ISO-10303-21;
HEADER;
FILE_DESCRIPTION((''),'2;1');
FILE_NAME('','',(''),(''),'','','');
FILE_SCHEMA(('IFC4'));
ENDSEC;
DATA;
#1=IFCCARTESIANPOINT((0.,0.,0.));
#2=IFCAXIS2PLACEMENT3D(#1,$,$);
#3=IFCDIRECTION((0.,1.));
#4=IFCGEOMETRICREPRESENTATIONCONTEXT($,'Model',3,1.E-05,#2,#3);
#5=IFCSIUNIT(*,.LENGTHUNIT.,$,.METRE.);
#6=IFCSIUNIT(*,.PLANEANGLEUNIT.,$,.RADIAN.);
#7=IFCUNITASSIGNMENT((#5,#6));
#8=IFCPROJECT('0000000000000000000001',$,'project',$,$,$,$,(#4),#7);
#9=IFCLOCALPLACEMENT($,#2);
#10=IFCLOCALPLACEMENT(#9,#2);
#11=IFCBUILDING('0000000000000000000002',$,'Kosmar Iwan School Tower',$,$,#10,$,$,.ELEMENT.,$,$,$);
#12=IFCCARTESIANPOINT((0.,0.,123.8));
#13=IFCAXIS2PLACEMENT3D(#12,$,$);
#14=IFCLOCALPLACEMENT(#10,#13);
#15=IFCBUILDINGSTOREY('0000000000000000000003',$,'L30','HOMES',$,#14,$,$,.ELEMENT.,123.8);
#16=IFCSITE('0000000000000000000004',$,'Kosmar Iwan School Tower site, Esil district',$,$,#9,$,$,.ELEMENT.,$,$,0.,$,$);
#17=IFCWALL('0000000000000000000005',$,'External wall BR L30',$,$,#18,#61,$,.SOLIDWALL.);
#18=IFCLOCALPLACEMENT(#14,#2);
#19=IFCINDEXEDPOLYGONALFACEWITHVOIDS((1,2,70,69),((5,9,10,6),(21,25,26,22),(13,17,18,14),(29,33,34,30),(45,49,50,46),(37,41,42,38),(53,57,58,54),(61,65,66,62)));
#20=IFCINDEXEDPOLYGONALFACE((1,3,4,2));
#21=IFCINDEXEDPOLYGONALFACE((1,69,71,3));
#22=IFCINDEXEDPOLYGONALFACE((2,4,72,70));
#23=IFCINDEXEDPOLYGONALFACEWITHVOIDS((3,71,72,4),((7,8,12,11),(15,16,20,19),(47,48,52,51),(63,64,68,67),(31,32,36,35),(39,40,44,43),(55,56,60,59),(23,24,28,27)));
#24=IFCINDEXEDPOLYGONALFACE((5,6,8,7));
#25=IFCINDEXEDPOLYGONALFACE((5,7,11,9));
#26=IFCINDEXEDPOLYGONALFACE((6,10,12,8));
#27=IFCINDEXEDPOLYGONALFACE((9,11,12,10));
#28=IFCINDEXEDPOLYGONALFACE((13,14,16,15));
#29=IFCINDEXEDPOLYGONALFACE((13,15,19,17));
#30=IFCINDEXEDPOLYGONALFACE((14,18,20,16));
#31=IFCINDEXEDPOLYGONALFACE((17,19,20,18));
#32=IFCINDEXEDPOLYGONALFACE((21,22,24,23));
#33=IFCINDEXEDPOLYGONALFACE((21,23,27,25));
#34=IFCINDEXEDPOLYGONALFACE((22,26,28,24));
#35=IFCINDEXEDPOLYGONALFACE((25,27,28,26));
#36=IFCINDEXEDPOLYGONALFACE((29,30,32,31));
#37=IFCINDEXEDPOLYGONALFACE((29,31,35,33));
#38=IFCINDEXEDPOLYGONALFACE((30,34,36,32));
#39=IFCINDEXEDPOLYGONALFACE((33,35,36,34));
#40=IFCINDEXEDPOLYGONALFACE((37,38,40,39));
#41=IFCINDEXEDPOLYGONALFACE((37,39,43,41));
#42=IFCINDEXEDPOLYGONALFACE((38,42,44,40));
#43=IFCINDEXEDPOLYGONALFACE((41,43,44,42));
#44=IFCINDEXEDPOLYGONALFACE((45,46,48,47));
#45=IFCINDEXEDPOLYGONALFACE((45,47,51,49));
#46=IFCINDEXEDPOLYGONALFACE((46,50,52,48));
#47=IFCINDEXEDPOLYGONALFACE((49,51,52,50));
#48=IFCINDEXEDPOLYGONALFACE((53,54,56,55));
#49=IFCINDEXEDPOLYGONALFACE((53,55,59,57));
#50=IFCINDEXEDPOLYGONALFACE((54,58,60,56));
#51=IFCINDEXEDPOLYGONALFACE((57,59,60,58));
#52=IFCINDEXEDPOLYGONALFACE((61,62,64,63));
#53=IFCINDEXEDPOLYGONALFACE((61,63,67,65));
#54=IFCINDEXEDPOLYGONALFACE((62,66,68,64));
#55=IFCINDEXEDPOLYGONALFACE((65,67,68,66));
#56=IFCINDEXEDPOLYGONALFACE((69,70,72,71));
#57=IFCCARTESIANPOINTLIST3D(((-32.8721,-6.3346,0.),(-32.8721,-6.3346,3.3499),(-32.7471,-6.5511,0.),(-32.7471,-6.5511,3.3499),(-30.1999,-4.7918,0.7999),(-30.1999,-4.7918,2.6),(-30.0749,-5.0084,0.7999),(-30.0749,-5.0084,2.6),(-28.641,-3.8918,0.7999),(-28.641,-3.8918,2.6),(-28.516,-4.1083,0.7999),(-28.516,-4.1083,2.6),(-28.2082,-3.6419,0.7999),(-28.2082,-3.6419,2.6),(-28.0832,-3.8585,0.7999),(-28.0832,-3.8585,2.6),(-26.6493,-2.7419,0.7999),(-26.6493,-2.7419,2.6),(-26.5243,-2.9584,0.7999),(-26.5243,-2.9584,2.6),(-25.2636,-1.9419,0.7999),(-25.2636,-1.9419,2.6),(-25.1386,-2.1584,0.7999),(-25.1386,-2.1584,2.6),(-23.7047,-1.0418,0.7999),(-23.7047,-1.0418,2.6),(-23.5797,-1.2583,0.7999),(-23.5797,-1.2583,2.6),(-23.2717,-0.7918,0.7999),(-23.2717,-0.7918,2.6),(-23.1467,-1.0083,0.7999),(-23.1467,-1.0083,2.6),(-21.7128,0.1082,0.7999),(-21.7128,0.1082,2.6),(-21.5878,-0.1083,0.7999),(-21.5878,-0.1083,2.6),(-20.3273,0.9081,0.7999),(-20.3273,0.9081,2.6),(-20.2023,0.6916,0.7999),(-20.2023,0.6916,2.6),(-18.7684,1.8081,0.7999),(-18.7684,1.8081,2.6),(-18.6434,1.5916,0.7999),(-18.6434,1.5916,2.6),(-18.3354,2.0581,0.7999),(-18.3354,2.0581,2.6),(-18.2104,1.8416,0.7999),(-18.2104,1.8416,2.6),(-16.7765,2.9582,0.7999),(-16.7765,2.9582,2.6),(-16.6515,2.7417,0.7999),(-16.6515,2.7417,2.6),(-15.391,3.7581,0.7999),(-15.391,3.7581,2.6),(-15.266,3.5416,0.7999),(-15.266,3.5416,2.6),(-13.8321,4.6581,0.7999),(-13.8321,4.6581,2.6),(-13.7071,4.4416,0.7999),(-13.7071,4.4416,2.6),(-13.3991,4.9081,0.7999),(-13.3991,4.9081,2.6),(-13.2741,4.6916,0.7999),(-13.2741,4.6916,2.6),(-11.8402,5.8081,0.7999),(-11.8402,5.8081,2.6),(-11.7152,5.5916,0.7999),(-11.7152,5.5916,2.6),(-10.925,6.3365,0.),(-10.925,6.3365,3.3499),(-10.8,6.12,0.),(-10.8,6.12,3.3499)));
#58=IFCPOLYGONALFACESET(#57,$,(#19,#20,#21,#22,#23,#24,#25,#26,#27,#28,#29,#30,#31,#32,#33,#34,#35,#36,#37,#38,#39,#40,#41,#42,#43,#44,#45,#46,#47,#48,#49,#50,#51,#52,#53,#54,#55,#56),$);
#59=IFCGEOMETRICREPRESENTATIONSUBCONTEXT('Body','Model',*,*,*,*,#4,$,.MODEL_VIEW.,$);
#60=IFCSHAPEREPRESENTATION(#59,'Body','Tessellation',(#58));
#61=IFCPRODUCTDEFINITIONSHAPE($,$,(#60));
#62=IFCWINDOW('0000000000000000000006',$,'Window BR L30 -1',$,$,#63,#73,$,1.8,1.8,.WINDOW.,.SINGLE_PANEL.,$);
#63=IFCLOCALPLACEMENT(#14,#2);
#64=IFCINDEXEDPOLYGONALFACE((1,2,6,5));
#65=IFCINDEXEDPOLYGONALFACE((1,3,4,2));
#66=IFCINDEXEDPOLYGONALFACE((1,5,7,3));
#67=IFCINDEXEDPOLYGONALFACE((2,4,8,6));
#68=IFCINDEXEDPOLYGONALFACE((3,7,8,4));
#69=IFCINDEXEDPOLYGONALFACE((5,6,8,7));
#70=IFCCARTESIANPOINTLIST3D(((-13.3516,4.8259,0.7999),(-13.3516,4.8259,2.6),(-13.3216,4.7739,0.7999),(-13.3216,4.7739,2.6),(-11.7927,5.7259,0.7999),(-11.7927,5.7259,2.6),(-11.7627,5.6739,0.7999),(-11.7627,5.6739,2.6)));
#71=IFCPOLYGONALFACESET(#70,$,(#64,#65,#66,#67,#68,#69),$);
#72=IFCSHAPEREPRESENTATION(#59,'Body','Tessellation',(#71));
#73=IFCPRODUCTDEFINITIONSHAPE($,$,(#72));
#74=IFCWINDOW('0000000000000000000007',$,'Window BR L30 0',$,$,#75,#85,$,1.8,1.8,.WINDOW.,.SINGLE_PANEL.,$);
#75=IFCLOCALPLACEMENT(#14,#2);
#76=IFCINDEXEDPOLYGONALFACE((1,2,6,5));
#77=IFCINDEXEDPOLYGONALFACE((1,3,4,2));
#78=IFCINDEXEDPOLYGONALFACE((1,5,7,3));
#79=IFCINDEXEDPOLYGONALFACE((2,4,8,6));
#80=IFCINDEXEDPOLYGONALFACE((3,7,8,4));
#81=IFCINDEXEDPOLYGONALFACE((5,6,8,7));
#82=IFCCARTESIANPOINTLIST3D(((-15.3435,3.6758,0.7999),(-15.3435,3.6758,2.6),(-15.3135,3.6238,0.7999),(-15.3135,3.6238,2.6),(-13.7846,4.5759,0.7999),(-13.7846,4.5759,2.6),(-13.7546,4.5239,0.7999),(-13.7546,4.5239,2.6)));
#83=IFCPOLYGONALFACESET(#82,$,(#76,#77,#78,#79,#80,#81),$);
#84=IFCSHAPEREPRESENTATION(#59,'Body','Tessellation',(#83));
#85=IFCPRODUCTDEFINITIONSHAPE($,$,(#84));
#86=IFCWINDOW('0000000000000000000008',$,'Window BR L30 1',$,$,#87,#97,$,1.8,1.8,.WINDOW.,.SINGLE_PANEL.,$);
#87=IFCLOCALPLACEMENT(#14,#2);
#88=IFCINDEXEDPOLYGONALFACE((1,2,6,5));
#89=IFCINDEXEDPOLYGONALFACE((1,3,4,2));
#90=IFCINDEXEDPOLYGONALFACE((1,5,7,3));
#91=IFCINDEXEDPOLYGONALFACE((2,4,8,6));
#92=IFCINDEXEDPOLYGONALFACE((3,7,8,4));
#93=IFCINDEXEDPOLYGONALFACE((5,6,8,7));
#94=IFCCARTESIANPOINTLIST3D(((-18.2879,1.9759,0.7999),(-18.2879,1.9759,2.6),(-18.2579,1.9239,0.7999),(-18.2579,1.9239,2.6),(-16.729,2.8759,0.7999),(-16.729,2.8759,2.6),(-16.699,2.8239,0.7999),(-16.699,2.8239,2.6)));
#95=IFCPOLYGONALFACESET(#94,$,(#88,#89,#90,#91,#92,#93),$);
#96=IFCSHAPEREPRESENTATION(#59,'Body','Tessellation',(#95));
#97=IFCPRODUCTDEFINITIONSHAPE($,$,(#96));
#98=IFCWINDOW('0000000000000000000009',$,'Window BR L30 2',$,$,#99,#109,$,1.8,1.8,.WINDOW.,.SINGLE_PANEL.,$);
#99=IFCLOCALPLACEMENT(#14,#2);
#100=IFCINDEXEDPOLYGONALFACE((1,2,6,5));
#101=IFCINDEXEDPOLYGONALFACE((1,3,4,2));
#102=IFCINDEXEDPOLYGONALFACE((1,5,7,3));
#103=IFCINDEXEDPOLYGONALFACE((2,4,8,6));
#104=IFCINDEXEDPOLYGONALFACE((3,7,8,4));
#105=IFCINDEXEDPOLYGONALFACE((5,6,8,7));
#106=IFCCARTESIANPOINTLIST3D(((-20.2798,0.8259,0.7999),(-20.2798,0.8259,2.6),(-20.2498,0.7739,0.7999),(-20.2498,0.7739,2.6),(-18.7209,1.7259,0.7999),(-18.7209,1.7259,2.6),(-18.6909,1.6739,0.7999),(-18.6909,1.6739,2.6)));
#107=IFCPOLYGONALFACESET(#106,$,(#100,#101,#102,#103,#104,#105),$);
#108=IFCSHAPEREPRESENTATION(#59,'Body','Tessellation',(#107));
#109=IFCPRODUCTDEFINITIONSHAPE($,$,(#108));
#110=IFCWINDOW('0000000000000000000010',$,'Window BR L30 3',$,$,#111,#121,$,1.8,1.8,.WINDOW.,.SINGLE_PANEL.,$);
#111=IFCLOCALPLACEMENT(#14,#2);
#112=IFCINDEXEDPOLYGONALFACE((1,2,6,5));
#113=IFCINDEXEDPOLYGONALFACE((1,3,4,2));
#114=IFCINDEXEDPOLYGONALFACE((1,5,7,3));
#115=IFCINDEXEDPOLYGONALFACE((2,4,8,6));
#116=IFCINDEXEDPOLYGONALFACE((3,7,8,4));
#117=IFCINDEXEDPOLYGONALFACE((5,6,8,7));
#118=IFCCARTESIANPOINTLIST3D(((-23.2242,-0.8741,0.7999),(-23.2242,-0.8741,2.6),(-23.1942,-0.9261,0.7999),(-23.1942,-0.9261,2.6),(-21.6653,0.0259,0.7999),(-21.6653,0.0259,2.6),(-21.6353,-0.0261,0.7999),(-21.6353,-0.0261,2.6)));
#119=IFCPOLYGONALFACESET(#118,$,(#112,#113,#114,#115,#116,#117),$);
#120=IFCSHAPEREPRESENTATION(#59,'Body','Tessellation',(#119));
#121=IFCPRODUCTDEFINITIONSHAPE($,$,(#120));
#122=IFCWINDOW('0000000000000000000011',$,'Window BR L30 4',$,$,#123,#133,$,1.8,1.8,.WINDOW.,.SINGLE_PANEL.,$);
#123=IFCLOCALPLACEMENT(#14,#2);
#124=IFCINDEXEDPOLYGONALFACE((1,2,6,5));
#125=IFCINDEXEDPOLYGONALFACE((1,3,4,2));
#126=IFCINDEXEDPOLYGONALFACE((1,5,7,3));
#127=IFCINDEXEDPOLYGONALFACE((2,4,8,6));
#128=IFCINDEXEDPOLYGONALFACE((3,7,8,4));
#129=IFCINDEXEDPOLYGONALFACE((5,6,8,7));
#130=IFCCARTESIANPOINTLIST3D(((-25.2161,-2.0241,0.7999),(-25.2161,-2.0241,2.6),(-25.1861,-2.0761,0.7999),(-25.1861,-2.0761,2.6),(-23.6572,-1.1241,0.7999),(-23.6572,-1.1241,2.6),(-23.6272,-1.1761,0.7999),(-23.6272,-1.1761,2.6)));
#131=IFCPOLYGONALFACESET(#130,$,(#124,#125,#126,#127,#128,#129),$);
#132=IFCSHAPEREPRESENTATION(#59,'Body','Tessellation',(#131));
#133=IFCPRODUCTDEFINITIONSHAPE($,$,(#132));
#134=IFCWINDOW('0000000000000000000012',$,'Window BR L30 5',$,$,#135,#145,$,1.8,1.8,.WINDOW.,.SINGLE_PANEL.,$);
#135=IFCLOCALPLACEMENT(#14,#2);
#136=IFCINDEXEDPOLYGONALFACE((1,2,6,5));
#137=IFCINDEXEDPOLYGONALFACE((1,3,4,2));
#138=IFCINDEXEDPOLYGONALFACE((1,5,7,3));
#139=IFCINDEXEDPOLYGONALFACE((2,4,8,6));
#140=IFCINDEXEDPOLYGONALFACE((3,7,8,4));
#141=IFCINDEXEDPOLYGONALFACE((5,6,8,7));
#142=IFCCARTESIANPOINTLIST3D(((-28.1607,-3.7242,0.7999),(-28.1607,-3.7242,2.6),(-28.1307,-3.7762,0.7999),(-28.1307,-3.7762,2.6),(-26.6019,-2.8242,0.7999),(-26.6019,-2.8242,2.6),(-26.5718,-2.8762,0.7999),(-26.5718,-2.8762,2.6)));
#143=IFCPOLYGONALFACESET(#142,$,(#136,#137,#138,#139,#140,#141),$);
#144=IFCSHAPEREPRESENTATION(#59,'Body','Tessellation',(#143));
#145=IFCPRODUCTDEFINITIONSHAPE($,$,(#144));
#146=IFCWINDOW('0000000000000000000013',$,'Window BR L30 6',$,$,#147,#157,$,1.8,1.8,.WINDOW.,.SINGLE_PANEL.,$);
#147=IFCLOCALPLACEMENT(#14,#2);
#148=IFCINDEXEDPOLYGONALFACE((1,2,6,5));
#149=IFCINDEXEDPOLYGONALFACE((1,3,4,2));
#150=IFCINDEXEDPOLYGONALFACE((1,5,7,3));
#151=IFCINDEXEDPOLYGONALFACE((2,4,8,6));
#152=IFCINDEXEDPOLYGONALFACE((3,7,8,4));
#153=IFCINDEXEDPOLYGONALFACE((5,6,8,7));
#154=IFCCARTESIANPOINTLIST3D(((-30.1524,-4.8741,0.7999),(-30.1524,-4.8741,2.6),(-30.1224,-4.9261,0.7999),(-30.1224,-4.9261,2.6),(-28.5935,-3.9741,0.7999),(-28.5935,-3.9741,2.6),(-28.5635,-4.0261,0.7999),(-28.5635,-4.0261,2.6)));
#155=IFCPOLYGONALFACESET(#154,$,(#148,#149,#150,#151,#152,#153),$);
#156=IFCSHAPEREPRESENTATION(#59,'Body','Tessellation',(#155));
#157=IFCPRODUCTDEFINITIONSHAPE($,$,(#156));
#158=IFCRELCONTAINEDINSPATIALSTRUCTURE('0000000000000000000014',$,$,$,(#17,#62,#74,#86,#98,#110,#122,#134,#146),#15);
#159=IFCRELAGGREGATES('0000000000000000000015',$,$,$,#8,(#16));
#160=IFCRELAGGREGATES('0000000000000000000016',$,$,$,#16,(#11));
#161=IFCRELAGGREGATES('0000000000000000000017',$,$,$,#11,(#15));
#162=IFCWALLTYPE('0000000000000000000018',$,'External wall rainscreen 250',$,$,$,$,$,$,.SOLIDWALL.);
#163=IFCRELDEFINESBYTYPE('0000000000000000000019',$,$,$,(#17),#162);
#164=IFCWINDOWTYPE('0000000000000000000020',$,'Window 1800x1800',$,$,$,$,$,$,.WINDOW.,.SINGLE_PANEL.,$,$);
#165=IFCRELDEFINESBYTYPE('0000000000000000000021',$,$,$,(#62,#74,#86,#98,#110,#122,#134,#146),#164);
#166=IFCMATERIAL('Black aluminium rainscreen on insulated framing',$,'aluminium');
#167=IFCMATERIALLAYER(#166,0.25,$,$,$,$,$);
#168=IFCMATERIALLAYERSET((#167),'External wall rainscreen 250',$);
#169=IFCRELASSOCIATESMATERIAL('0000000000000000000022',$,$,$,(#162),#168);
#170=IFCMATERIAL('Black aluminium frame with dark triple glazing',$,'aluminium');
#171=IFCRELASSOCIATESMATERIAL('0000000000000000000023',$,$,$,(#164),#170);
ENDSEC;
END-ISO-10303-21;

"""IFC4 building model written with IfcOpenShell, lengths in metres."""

from ifc_helpers import new_model, si_unit, direction, frame, frame_2d, origin, place, context, subcontext, project, spatial, rectangle, extrude, material, layer, layer_set, type_object, element, fill, save


model = new_model("IFC4")

# Units and contexts
model_context = context("Model", 3, precision=1e-05, world=origin(), true_north=direction((0.0, 1.0)))
body_context = subcontext(model_context, "Body", "Model", "MODEL_VIEW")
ifc_project = project(units=[si_unit("LENGTHUNIT", "METRE"), si_unit("PLANEANGLEUNIT", "RADIAN")], contexts=[model_context])

# Site, building, storey
site_placement = place(None, origin())
site = spatial("IfcSite", under=ifc_project, at=site_placement, Name="Kosmar Iwan School Tower site, Esil district", CompositionType="ELEMENT", RefElevation=0.0)
building_placement = place(site_placement, origin())
building = spatial("IfcBuilding", under=site, at=building_placement, Name="Kosmar Iwan School Tower", CompositionType="ELEMENT")
storey_placement = place(building_placement, frame((0.0, 0.0, 123.8)))
storey = spatial("IfcBuildingStorey", under=building, at=storey_placement, Name="L30", Description="HOMES", CompositionType="ELEMENT", Elevation=123.8)

# Wall, openings, windows
ifc_material_1 = material(Name="Black aluminium rainscreen on insulated framing", Category="aluminium")
ifc_layer_1 = layer(ifc_material_1, 0.25)
ifc_layer_set_1 = layer_set([ifc_layer_1], Name="External wall rainscreen 250")
wall_type_1 = type_object("IfcWallType", Name="External wall rainscreen 250", PredefinedType="SOLIDWALL", material=ifc_layer_set_1)
ifc_material_2 = material(Name="Black aluminium frame with dark triple glazing", Category="aluminium")
window_type = type_object("IfcWindowType", Name="Window 1800x1800", PartitioningType="SINGLE_PANEL", PredefinedType="WINDOW", material=ifc_material_2)
wall_1_placement = place(storey_placement, frame((-10.8625, 6.2283, 0.0), z_axis=(0.0, 0.0, 1.0), x_axis=(-0.866025, -0.500001, 0.0)))
wall_1 = element("IfcWall", 1, at=wall_1_placement, inside=storey, type_object=wall_type_1, Name="External wall BR L30", PredefinedType="SOLIDWALL", context=body_context, shape_type="SweptSolid", body=[
    extrude(rectangle(XDim=25.3423, YDim=0.25, at=frame_2d((12.6711, 0.0))), origin(), (0.0, 0.0, 1.0), 3.3499),
])
opening_1_placement = place(wall_1_placement, frame((1.0569, 0.0, 0.8)))
opening_1 = element("IfcOpeningElement", 2, at=opening_1_placement, cuts=wall_1, PredefinedType="OPENING", context=body_context, shape_type="SweptSolid", body=[
    extrude(rectangle(XDim=1.8, YDim=1.8, at=frame_2d((0.8999, 0.8999))), frame((0.0, 0.137, 0.0), z_axis=(0.0, -1.0, 0.0), x_axis=(1.0, 0.0, 0.0)), (0.0, 0.0, 1.0), 0.2739),
])
opening_2_placement = place(wall_1_placement, frame((3.3569, 0.0, 0.8)))
opening_2 = element("IfcOpeningElement", 3, at=opening_2_placement, cuts=wall_1, PredefinedType="OPENING", context=body_context, shape_type="SweptSolid", body=[
    extrude(rectangle(XDim=1.8, YDim=1.8, at=frame_2d((0.8999, 0.8999))), frame((0.0, 0.137, 0.0), z_axis=(0.0, -1.0, 0.0), x_axis=(1.0, 0.0, 0.0)), (0.0, 0.0, 1.0), 0.2739),
])
opening_3_placement = place(wall_1_placement, frame((6.7568, 0.0, 0.8)))
opening_3 = element("IfcOpeningElement", 4, at=opening_3_placement, cuts=wall_1, PredefinedType="OPENING", context=body_context, shape_type="SweptSolid", body=[
    extrude(rectangle(XDim=1.8, YDim=1.8, at=frame_2d((0.8999, 0.8999))), frame((0.0, 0.137, 0.0), z_axis=(0.0, -1.0, 0.0), x_axis=(1.0, 0.0, 0.0)), (0.0, 0.0, 1.0), 0.2739),
])
opening_4_placement = place(wall_1_placement, frame((9.0569, 0.0, 0.8)))
opening_4 = element("IfcOpeningElement", 5, at=opening_4_placement, cuts=wall_1, PredefinedType="OPENING", context=body_context, shape_type="SweptSolid", body=[
    extrude(rectangle(XDim=1.8, YDim=1.8, at=frame_2d((0.8999, 0.8999))), frame((0.0, 0.137, 0.0), z_axis=(0.0, -1.0, 0.0), x_axis=(1.0, 0.0, 0.0)), (0.0, 0.0, 1.0), 0.2739),
])
opening_5_placement = place(wall_1_placement, frame((12.4568, 0.0, 0.8)))
opening_5 = element("IfcOpeningElement", 6, at=opening_5_placement, cuts=wall_1, PredefinedType="OPENING", context=body_context, shape_type="SweptSolid", body=[
    extrude(rectangle(XDim=1.8, YDim=1.8, at=frame_2d((0.8999, 0.8999))), frame((0.0, 0.137, 0.0), z_axis=(0.0, -1.0, 0.0), x_axis=(1.0, 0.0, 0.0)), (0.0, 0.0, 1.0), 0.2739),
])
opening_6_placement = place(wall_1_placement, frame((14.7568, 0.0, 0.8)))
opening_6 = element("IfcOpeningElement", 7, at=opening_6_placement, cuts=wall_1, PredefinedType="OPENING", context=body_context, shape_type="SweptSolid", body=[
    extrude(rectangle(XDim=1.8, YDim=1.8, at=frame_2d((0.8999, 0.8999))), frame((0.0, 0.137, 0.0), z_axis=(0.0, -1.0, 0.0), x_axis=(1.0, 0.0, 0.0)), (0.0, 0.0, 1.0), 0.2739),
])
opening_7_placement = place(wall_1_placement, frame((18.157, 0.0, 0.8)))
opening_7 = element("IfcOpeningElement", 8, at=opening_7_placement, cuts=wall_1, PredefinedType="OPENING", context=body_context, shape_type="SweptSolid", body=[
    extrude(rectangle(XDim=1.8, YDim=1.8, at=frame_2d((0.8999, 0.8999))), frame((0.0, 0.137, 0.0), z_axis=(0.0, -1.0, 0.0), x_axis=(1.0, 0.0, 0.0)), (0.0, 0.0, 1.0), 0.2739),
])
opening_8_placement = place(wall_1_placement, frame((20.4568, 0.0, 0.8)))
opening_8 = element("IfcOpeningElement", 9, at=opening_8_placement, cuts=wall_1, PredefinedType="OPENING", context=body_context, shape_type="SweptSolid", body=[
    extrude(rectangle(XDim=1.8, YDim=1.8, at=frame_2d((0.8999, 0.8999))), frame((0.0, 0.137, 0.0), z_axis=(0.0, -1.0, 0.0), x_axis=(1.0, 0.0, 0.0)), (0.0, 0.0, 1.0), 0.2739),
])
window_1_placement = place(opening_1_placement, origin())
window_1 = element("IfcWindow", 10, at=window_1_placement, inside=storey, type_object=window_type, Name="Window BR L30 -1", OverallHeight=1.8, OverallWidth=1.8, PartitioningType="SINGLE_PANEL", PredefinedType="WINDOW", context=body_context, shape_type="SweptSolid", body=[
    extrude(rectangle(XDim=1.8, YDim=1.8, at=frame_2d((0.8999, 0.8999))), frame((0.0, 0.03, 0.0), z_axis=(0.0, -1.0, 0.0), x_axis=(1.0, 0.0, 0.0)), (0.0, 0.0, 1.0), 0.0601),
])
fill(opening_1, window_1)
window_2_placement = place(opening_2_placement, origin())
window_2 = element("IfcWindow", 11, at=window_2_placement, inside=storey, type_object=window_type, Name="Window BR L30 0", OverallHeight=1.8, OverallWidth=1.8, PartitioningType="SINGLE_PANEL", PredefinedType="WINDOW", context=body_context, shape_type="SweptSolid", body=[
    extrude(rectangle(XDim=1.8, YDim=1.8, at=frame_2d((0.8999, 0.8999))), frame((0.0, 0.03, 0.0), z_axis=(0.0, -1.0, 0.0), x_axis=(1.0, 0.0, 0.0)), (0.0, 0.0, 1.0), 0.0601),
])
fill(opening_2, window_2)
window_3_placement = place(opening_3_placement, origin())
window_3 = element("IfcWindow", 12, at=window_3_placement, inside=storey, type_object=window_type, Name="Window BR L30 1", OverallHeight=1.8, OverallWidth=1.8, PartitioningType="SINGLE_PANEL", PredefinedType="WINDOW", context=body_context, shape_type="SweptSolid", body=[
    extrude(rectangle(XDim=1.8, YDim=1.8, at=frame_2d((0.8999, 0.8999))), frame((0.0, 0.03, 0.0), z_axis=(0.0, -1.0, 0.0), x_axis=(1.0, 0.0, 0.0)), (0.0, 0.0, 1.0), 0.0601),
])
fill(opening_3, window_3)
window_4_placement = place(opening_4_placement, origin())
window_4 = element("IfcWindow", 13, at=window_4_placement, inside=storey, type_object=window_type, Name="Window BR L30 2", OverallHeight=1.8, OverallWidth=1.8, PartitioningType="SINGLE_PANEL", PredefinedType="WINDOW", context=body_context, shape_type="SweptSolid", body=[
    extrude(rectangle(XDim=1.8, YDim=1.8, at=frame_2d((0.8999, 0.8999))), frame((0.0, 0.03, 0.0), z_axis=(0.0, -1.0, 0.0), x_axis=(1.0, 0.0, 0.0)), (0.0, 0.0, 1.0), 0.0601),
])
fill(opening_4, window_4)
window_5_placement = place(opening_5_placement, origin())
window_5 = element("IfcWindow", 14, at=window_5_placement, inside=storey, type_object=window_type, Name="Window BR L30 3", OverallHeight=1.8, OverallWidth=1.8, PartitioningType="SINGLE_PANEL", PredefinedType="WINDOW", context=body_context, shape_type="SweptSolid", body=[
    extrude(rectangle(XDim=1.8, YDim=1.8, at=frame_2d((0.8999, 0.8999))), frame((0.0, 0.03, 0.0), z_axis=(0.0, -1.0, 0.0), x_axis=(1.0, 0.0, 0.0)), (0.0, 0.0, 1.0), 0.0601),
])
fill(opening_5, window_5)
window_6_placement = place(opening_6_placement, origin())
window_6 = element("IfcWindow", 15, at=window_6_placement, inside=storey, type_object=window_type, Name="Window BR L30 4", OverallHeight=1.8, OverallWidth=1.8, PartitioningType="SINGLE_PANEL", PredefinedType="WINDOW", context=body_context, shape_type="SweptSolid", body=[
    extrude(rectangle(XDim=1.8, YDim=1.8, at=frame_2d((0.8999, 0.8999))), frame((0.0, 0.03, 0.0), z_axis=(0.0, -1.0, 0.0), x_axis=(1.0, 0.0, 0.0)), (0.0, 0.0, 1.0), 0.0601),
])
fill(opening_6, window_6)
window_7_placement = place(opening_7_placement, origin())
window_7 = element("IfcWindow", 16, at=window_7_placement, inside=storey, type_object=window_type, Name="Window BR L30 5", OverallHeight=1.8, OverallWidth=1.8, PartitioningType="SINGLE_PANEL", PredefinedType="WINDOW", context=body_context, shape_type="SweptSolid", body=[
    extrude(rectangle(XDim=1.8, YDim=1.8, at=frame_2d((0.8999, 0.8999))), frame((0.0, 0.03, 0.0), z_axis=(0.0, -1.0, 0.0), x_axis=(1.0, 0.0, 0.0)), (0.0, 0.0, 1.0), 0.0601),
])
fill(opening_7, window_7)
window_8_placement = place(opening_8_placement, origin())
window_8 = element("IfcWindow", 17, at=window_8_placement, inside=storey, type_object=window_type, Name="Window BR L30 6", OverallHeight=1.8, OverallWidth=1.8, PartitioningType="SINGLE_PANEL", PredefinedType="WINDOW", context=body_context, shape_type="SweptSolid", body=[
    extrude(rectangle(XDim=1.8, YDim=1.8, at=frame_2d((0.8999, 0.8999))), frame((0.0, 0.03, 0.0), z_axis=(0.0, -1.0, 0.0), x_axis=(1.0, 0.0, 0.0)), (0.0, 0.0, 1.0), 0.0601),
])
fill(opening_8, window_8)

save(model, "model.ifc")
